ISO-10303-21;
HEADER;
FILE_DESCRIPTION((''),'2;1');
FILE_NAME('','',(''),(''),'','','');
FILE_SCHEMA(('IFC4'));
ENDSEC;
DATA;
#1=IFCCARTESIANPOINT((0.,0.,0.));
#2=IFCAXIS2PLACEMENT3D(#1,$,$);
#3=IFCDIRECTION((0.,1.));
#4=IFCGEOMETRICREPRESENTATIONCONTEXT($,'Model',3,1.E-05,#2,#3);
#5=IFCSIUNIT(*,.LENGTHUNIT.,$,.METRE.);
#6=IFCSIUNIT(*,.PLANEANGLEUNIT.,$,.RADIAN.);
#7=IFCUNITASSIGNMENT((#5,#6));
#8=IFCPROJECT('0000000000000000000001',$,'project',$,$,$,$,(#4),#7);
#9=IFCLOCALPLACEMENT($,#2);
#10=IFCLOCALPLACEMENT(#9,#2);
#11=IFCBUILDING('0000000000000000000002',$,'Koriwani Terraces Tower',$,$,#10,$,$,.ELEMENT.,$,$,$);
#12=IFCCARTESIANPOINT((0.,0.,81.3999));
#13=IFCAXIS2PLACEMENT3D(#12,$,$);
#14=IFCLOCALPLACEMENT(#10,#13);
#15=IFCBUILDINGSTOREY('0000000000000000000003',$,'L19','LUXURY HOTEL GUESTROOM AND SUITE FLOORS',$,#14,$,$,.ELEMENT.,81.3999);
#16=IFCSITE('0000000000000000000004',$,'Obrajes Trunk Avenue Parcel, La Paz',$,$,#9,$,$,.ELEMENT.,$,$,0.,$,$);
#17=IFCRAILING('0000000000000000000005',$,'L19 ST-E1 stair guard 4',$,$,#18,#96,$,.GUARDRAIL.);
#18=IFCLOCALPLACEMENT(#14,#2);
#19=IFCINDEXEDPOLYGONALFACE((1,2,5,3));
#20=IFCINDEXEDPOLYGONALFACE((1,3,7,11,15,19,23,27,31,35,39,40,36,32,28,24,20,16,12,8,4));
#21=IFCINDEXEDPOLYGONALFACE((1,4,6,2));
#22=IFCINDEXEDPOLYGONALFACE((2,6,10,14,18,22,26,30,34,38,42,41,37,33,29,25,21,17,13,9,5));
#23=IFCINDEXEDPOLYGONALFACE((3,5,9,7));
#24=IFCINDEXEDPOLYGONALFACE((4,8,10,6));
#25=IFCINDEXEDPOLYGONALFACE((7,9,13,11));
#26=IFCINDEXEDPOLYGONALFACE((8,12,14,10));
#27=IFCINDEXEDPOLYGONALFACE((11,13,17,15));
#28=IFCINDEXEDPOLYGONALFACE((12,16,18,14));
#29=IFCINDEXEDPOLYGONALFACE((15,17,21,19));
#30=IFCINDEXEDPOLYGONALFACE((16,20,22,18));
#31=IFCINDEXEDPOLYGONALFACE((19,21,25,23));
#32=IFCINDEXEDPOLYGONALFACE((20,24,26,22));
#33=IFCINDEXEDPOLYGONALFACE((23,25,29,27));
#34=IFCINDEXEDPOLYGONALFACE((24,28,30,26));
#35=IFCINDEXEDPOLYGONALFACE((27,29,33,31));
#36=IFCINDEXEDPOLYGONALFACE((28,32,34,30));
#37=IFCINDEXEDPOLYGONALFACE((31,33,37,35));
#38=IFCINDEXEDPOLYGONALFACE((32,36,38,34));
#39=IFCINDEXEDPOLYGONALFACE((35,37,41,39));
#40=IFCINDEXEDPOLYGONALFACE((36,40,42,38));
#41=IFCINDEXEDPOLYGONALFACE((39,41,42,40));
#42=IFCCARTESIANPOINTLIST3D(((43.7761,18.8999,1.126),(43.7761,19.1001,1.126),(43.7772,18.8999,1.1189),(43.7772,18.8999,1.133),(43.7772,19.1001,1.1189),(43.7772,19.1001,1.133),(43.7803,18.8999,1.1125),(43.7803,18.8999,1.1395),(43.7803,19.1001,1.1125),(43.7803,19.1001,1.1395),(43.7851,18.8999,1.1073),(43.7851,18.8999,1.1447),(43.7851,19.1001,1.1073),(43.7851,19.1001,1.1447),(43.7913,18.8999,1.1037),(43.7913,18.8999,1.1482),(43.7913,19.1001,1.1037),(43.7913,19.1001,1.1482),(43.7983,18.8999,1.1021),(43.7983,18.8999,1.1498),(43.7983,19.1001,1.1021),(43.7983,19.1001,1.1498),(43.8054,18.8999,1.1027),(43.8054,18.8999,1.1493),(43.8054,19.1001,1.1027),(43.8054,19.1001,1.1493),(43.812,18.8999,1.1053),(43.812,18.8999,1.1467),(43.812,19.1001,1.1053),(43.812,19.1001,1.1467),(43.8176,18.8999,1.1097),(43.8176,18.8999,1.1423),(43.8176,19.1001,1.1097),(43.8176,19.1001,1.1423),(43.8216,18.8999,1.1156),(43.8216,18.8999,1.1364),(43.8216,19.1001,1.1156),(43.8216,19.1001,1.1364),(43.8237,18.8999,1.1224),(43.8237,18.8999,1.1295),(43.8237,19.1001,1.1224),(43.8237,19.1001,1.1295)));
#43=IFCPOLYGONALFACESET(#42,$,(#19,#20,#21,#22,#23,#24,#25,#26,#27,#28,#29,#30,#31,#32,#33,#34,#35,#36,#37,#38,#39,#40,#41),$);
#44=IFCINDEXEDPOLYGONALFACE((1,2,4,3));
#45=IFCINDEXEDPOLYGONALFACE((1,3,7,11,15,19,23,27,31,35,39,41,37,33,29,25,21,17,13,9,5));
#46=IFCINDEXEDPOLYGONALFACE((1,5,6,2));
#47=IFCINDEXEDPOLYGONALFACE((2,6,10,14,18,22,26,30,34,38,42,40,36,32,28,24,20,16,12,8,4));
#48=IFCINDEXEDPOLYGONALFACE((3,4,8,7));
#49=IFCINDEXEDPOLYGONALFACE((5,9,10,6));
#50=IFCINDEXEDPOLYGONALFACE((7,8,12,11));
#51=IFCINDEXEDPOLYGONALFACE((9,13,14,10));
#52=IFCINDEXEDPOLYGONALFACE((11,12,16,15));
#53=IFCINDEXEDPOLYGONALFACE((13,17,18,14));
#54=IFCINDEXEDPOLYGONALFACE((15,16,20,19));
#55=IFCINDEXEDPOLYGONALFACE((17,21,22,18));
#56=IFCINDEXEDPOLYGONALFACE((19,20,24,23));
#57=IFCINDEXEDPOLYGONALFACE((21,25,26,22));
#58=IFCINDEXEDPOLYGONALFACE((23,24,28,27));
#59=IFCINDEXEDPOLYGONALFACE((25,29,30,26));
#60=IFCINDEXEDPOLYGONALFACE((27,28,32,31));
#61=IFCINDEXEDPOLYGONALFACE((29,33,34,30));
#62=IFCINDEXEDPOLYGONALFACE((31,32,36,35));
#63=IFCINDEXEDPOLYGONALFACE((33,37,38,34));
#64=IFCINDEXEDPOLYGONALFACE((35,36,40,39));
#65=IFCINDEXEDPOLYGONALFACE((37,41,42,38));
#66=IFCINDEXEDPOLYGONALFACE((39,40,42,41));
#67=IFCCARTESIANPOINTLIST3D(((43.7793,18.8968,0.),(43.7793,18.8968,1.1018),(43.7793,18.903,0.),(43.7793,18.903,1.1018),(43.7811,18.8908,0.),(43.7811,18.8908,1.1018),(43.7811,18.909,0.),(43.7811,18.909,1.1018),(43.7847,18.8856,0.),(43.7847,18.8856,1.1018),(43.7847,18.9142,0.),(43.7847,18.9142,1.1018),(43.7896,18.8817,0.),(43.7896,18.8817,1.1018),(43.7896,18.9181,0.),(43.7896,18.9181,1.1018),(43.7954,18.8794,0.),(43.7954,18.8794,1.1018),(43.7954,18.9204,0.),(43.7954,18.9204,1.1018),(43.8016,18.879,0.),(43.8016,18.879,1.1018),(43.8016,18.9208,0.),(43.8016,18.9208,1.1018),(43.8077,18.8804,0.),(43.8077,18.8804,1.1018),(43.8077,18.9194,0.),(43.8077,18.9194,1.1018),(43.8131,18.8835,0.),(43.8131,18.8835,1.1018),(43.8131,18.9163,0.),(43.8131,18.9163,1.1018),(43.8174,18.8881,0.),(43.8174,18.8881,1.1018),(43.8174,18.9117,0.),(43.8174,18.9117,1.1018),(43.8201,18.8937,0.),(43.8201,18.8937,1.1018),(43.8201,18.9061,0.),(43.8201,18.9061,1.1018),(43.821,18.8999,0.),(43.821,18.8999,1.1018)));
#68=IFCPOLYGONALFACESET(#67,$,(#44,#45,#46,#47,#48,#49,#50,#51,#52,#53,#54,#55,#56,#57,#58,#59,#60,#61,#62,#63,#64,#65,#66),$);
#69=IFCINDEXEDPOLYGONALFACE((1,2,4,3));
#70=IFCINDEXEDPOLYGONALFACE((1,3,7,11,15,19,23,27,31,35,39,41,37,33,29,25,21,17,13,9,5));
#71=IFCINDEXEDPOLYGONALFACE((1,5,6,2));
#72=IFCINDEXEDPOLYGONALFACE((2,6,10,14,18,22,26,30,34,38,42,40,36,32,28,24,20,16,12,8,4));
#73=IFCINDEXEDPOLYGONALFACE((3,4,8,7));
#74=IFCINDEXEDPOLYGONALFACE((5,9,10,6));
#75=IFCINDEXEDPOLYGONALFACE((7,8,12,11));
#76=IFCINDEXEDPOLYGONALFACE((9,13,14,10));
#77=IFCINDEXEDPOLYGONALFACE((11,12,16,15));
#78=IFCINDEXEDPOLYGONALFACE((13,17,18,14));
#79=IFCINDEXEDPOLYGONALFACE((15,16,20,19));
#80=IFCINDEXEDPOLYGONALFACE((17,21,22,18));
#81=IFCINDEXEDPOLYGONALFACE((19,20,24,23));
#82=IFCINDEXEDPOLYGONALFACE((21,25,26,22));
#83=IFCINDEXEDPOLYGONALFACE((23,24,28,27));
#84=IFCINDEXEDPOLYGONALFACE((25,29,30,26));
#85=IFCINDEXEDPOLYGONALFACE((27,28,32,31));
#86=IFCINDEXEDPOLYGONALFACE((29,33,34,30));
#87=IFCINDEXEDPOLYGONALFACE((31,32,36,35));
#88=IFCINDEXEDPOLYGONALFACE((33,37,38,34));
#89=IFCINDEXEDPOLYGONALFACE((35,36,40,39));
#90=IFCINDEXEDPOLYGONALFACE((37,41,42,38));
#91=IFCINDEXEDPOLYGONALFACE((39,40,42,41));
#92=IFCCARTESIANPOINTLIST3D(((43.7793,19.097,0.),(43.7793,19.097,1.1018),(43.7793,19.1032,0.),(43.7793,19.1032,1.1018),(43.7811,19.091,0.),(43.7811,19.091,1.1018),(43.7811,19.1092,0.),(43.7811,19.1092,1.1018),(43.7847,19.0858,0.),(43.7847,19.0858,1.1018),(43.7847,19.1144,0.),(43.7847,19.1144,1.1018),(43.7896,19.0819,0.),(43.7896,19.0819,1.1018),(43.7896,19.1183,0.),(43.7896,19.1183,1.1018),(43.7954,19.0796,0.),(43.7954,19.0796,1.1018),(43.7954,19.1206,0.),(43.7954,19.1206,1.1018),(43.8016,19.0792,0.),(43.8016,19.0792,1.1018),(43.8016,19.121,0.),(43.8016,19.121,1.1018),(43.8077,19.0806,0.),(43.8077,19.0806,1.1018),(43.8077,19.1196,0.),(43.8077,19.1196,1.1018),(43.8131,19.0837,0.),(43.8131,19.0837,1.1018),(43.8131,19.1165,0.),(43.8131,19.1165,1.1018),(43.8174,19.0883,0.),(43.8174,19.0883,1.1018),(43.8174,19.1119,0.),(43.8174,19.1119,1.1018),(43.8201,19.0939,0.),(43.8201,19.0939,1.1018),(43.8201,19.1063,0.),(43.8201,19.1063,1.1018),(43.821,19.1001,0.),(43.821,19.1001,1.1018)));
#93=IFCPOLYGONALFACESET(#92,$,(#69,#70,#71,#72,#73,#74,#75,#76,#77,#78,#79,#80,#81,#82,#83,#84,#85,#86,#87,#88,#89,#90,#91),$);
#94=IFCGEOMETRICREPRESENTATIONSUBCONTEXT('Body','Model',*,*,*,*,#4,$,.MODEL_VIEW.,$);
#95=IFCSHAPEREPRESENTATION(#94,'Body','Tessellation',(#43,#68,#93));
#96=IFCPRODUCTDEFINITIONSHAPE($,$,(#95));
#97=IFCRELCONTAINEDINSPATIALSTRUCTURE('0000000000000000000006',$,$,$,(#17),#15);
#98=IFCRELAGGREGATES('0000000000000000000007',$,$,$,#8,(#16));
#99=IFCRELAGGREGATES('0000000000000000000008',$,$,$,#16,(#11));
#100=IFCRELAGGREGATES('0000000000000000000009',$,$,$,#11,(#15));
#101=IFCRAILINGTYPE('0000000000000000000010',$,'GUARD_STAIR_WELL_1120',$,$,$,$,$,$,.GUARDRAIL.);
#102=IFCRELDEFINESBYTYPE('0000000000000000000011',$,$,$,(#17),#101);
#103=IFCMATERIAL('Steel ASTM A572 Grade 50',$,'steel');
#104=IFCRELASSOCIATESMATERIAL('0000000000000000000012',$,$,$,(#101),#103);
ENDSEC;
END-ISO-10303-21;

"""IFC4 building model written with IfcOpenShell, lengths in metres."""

from ifc_helpers import new_model, si_unit, direction, frame, origin, origin_2d, place, context, subcontext, project, spatial, circle, extrude, material, type_object, element, save


model = new_model("IFC4")

# Units and contexts
model_context = context("Model", 3, precision=1e-05, world=origin(), true_north=direction((0.0, 1.0)))
body_context = subcontext(model_context, "Body", "Model", "MODEL_VIEW")
ifc_project = project(units=[si_unit("LENGTHUNIT", "METRE"), si_unit("PLANEANGLEUNIT", "RADIAN")], contexts=[model_context])

# Site, building, storey
site_placement = place(None, origin())
site = spatial("IfcSite", under=ifc_project, at=site_placement, Name="Obrajes Trunk Avenue Parcel, La Paz", CompositionType="ELEMENT", RefElevation=0.0)
building_placement = place(site_placement, origin())
building = spatial("IfcBuilding", under=site, at=building_placement, Name="Koriwani Terraces Tower", CompositionType="ELEMENT")
storey_placement = place(building_placement, frame((0.0, 0.0, 81.3999)))
storey = spatial("IfcBuildingStorey", under=building, at=storey_placement, Name="L19", Description="LUXURY HOTEL GUESTROOM AND SUITE FLOORS", CompositionType="ELEMENT", Elevation=81.3999)

# Shared definitions
ifc_material_1 = material(Name="Steel ASTM A572 Grade 50", Category="steel")

# Railing
railing_type_1 = type_object("IfcRailingType", Name="GUARD_STAIR_WELL_1120", PredefinedType="GUARDRAIL", material=ifc_material_1)
railing_1_placement = place(storey_placement, frame((43.8, 18.8999, 0.0)))
element("IfcRailing", 1, at=railing_1_placement, inside=storey, type_object=railing_type_1, Name="L19 ST-E1 stair guard 4", PredefinedType="GUARDRAIL", context=body_context, shape_type="SweptSolid", body=[
    extrude(circle(Radius=0.0239, at=origin_2d()), frame((0.0, 0.0, 1.126), z_axis=(0.0, 1.0, 0.0), x_axis=(-1.0, 0.0, 0.0)), (0.0, 0.0, 1.0), 0.2002),
    extrude(circle(Radius=0.021, at=origin_2d()), origin(), (0.0, 0.0, 1.0), 1.1018),
    extrude(circle(Radius=0.021, at=origin_2d()), frame((0.0, 0.2002, 0.0)), (0.0, 0.0, 1.0), 1.1018),
])

save(model, "model.ifc")
